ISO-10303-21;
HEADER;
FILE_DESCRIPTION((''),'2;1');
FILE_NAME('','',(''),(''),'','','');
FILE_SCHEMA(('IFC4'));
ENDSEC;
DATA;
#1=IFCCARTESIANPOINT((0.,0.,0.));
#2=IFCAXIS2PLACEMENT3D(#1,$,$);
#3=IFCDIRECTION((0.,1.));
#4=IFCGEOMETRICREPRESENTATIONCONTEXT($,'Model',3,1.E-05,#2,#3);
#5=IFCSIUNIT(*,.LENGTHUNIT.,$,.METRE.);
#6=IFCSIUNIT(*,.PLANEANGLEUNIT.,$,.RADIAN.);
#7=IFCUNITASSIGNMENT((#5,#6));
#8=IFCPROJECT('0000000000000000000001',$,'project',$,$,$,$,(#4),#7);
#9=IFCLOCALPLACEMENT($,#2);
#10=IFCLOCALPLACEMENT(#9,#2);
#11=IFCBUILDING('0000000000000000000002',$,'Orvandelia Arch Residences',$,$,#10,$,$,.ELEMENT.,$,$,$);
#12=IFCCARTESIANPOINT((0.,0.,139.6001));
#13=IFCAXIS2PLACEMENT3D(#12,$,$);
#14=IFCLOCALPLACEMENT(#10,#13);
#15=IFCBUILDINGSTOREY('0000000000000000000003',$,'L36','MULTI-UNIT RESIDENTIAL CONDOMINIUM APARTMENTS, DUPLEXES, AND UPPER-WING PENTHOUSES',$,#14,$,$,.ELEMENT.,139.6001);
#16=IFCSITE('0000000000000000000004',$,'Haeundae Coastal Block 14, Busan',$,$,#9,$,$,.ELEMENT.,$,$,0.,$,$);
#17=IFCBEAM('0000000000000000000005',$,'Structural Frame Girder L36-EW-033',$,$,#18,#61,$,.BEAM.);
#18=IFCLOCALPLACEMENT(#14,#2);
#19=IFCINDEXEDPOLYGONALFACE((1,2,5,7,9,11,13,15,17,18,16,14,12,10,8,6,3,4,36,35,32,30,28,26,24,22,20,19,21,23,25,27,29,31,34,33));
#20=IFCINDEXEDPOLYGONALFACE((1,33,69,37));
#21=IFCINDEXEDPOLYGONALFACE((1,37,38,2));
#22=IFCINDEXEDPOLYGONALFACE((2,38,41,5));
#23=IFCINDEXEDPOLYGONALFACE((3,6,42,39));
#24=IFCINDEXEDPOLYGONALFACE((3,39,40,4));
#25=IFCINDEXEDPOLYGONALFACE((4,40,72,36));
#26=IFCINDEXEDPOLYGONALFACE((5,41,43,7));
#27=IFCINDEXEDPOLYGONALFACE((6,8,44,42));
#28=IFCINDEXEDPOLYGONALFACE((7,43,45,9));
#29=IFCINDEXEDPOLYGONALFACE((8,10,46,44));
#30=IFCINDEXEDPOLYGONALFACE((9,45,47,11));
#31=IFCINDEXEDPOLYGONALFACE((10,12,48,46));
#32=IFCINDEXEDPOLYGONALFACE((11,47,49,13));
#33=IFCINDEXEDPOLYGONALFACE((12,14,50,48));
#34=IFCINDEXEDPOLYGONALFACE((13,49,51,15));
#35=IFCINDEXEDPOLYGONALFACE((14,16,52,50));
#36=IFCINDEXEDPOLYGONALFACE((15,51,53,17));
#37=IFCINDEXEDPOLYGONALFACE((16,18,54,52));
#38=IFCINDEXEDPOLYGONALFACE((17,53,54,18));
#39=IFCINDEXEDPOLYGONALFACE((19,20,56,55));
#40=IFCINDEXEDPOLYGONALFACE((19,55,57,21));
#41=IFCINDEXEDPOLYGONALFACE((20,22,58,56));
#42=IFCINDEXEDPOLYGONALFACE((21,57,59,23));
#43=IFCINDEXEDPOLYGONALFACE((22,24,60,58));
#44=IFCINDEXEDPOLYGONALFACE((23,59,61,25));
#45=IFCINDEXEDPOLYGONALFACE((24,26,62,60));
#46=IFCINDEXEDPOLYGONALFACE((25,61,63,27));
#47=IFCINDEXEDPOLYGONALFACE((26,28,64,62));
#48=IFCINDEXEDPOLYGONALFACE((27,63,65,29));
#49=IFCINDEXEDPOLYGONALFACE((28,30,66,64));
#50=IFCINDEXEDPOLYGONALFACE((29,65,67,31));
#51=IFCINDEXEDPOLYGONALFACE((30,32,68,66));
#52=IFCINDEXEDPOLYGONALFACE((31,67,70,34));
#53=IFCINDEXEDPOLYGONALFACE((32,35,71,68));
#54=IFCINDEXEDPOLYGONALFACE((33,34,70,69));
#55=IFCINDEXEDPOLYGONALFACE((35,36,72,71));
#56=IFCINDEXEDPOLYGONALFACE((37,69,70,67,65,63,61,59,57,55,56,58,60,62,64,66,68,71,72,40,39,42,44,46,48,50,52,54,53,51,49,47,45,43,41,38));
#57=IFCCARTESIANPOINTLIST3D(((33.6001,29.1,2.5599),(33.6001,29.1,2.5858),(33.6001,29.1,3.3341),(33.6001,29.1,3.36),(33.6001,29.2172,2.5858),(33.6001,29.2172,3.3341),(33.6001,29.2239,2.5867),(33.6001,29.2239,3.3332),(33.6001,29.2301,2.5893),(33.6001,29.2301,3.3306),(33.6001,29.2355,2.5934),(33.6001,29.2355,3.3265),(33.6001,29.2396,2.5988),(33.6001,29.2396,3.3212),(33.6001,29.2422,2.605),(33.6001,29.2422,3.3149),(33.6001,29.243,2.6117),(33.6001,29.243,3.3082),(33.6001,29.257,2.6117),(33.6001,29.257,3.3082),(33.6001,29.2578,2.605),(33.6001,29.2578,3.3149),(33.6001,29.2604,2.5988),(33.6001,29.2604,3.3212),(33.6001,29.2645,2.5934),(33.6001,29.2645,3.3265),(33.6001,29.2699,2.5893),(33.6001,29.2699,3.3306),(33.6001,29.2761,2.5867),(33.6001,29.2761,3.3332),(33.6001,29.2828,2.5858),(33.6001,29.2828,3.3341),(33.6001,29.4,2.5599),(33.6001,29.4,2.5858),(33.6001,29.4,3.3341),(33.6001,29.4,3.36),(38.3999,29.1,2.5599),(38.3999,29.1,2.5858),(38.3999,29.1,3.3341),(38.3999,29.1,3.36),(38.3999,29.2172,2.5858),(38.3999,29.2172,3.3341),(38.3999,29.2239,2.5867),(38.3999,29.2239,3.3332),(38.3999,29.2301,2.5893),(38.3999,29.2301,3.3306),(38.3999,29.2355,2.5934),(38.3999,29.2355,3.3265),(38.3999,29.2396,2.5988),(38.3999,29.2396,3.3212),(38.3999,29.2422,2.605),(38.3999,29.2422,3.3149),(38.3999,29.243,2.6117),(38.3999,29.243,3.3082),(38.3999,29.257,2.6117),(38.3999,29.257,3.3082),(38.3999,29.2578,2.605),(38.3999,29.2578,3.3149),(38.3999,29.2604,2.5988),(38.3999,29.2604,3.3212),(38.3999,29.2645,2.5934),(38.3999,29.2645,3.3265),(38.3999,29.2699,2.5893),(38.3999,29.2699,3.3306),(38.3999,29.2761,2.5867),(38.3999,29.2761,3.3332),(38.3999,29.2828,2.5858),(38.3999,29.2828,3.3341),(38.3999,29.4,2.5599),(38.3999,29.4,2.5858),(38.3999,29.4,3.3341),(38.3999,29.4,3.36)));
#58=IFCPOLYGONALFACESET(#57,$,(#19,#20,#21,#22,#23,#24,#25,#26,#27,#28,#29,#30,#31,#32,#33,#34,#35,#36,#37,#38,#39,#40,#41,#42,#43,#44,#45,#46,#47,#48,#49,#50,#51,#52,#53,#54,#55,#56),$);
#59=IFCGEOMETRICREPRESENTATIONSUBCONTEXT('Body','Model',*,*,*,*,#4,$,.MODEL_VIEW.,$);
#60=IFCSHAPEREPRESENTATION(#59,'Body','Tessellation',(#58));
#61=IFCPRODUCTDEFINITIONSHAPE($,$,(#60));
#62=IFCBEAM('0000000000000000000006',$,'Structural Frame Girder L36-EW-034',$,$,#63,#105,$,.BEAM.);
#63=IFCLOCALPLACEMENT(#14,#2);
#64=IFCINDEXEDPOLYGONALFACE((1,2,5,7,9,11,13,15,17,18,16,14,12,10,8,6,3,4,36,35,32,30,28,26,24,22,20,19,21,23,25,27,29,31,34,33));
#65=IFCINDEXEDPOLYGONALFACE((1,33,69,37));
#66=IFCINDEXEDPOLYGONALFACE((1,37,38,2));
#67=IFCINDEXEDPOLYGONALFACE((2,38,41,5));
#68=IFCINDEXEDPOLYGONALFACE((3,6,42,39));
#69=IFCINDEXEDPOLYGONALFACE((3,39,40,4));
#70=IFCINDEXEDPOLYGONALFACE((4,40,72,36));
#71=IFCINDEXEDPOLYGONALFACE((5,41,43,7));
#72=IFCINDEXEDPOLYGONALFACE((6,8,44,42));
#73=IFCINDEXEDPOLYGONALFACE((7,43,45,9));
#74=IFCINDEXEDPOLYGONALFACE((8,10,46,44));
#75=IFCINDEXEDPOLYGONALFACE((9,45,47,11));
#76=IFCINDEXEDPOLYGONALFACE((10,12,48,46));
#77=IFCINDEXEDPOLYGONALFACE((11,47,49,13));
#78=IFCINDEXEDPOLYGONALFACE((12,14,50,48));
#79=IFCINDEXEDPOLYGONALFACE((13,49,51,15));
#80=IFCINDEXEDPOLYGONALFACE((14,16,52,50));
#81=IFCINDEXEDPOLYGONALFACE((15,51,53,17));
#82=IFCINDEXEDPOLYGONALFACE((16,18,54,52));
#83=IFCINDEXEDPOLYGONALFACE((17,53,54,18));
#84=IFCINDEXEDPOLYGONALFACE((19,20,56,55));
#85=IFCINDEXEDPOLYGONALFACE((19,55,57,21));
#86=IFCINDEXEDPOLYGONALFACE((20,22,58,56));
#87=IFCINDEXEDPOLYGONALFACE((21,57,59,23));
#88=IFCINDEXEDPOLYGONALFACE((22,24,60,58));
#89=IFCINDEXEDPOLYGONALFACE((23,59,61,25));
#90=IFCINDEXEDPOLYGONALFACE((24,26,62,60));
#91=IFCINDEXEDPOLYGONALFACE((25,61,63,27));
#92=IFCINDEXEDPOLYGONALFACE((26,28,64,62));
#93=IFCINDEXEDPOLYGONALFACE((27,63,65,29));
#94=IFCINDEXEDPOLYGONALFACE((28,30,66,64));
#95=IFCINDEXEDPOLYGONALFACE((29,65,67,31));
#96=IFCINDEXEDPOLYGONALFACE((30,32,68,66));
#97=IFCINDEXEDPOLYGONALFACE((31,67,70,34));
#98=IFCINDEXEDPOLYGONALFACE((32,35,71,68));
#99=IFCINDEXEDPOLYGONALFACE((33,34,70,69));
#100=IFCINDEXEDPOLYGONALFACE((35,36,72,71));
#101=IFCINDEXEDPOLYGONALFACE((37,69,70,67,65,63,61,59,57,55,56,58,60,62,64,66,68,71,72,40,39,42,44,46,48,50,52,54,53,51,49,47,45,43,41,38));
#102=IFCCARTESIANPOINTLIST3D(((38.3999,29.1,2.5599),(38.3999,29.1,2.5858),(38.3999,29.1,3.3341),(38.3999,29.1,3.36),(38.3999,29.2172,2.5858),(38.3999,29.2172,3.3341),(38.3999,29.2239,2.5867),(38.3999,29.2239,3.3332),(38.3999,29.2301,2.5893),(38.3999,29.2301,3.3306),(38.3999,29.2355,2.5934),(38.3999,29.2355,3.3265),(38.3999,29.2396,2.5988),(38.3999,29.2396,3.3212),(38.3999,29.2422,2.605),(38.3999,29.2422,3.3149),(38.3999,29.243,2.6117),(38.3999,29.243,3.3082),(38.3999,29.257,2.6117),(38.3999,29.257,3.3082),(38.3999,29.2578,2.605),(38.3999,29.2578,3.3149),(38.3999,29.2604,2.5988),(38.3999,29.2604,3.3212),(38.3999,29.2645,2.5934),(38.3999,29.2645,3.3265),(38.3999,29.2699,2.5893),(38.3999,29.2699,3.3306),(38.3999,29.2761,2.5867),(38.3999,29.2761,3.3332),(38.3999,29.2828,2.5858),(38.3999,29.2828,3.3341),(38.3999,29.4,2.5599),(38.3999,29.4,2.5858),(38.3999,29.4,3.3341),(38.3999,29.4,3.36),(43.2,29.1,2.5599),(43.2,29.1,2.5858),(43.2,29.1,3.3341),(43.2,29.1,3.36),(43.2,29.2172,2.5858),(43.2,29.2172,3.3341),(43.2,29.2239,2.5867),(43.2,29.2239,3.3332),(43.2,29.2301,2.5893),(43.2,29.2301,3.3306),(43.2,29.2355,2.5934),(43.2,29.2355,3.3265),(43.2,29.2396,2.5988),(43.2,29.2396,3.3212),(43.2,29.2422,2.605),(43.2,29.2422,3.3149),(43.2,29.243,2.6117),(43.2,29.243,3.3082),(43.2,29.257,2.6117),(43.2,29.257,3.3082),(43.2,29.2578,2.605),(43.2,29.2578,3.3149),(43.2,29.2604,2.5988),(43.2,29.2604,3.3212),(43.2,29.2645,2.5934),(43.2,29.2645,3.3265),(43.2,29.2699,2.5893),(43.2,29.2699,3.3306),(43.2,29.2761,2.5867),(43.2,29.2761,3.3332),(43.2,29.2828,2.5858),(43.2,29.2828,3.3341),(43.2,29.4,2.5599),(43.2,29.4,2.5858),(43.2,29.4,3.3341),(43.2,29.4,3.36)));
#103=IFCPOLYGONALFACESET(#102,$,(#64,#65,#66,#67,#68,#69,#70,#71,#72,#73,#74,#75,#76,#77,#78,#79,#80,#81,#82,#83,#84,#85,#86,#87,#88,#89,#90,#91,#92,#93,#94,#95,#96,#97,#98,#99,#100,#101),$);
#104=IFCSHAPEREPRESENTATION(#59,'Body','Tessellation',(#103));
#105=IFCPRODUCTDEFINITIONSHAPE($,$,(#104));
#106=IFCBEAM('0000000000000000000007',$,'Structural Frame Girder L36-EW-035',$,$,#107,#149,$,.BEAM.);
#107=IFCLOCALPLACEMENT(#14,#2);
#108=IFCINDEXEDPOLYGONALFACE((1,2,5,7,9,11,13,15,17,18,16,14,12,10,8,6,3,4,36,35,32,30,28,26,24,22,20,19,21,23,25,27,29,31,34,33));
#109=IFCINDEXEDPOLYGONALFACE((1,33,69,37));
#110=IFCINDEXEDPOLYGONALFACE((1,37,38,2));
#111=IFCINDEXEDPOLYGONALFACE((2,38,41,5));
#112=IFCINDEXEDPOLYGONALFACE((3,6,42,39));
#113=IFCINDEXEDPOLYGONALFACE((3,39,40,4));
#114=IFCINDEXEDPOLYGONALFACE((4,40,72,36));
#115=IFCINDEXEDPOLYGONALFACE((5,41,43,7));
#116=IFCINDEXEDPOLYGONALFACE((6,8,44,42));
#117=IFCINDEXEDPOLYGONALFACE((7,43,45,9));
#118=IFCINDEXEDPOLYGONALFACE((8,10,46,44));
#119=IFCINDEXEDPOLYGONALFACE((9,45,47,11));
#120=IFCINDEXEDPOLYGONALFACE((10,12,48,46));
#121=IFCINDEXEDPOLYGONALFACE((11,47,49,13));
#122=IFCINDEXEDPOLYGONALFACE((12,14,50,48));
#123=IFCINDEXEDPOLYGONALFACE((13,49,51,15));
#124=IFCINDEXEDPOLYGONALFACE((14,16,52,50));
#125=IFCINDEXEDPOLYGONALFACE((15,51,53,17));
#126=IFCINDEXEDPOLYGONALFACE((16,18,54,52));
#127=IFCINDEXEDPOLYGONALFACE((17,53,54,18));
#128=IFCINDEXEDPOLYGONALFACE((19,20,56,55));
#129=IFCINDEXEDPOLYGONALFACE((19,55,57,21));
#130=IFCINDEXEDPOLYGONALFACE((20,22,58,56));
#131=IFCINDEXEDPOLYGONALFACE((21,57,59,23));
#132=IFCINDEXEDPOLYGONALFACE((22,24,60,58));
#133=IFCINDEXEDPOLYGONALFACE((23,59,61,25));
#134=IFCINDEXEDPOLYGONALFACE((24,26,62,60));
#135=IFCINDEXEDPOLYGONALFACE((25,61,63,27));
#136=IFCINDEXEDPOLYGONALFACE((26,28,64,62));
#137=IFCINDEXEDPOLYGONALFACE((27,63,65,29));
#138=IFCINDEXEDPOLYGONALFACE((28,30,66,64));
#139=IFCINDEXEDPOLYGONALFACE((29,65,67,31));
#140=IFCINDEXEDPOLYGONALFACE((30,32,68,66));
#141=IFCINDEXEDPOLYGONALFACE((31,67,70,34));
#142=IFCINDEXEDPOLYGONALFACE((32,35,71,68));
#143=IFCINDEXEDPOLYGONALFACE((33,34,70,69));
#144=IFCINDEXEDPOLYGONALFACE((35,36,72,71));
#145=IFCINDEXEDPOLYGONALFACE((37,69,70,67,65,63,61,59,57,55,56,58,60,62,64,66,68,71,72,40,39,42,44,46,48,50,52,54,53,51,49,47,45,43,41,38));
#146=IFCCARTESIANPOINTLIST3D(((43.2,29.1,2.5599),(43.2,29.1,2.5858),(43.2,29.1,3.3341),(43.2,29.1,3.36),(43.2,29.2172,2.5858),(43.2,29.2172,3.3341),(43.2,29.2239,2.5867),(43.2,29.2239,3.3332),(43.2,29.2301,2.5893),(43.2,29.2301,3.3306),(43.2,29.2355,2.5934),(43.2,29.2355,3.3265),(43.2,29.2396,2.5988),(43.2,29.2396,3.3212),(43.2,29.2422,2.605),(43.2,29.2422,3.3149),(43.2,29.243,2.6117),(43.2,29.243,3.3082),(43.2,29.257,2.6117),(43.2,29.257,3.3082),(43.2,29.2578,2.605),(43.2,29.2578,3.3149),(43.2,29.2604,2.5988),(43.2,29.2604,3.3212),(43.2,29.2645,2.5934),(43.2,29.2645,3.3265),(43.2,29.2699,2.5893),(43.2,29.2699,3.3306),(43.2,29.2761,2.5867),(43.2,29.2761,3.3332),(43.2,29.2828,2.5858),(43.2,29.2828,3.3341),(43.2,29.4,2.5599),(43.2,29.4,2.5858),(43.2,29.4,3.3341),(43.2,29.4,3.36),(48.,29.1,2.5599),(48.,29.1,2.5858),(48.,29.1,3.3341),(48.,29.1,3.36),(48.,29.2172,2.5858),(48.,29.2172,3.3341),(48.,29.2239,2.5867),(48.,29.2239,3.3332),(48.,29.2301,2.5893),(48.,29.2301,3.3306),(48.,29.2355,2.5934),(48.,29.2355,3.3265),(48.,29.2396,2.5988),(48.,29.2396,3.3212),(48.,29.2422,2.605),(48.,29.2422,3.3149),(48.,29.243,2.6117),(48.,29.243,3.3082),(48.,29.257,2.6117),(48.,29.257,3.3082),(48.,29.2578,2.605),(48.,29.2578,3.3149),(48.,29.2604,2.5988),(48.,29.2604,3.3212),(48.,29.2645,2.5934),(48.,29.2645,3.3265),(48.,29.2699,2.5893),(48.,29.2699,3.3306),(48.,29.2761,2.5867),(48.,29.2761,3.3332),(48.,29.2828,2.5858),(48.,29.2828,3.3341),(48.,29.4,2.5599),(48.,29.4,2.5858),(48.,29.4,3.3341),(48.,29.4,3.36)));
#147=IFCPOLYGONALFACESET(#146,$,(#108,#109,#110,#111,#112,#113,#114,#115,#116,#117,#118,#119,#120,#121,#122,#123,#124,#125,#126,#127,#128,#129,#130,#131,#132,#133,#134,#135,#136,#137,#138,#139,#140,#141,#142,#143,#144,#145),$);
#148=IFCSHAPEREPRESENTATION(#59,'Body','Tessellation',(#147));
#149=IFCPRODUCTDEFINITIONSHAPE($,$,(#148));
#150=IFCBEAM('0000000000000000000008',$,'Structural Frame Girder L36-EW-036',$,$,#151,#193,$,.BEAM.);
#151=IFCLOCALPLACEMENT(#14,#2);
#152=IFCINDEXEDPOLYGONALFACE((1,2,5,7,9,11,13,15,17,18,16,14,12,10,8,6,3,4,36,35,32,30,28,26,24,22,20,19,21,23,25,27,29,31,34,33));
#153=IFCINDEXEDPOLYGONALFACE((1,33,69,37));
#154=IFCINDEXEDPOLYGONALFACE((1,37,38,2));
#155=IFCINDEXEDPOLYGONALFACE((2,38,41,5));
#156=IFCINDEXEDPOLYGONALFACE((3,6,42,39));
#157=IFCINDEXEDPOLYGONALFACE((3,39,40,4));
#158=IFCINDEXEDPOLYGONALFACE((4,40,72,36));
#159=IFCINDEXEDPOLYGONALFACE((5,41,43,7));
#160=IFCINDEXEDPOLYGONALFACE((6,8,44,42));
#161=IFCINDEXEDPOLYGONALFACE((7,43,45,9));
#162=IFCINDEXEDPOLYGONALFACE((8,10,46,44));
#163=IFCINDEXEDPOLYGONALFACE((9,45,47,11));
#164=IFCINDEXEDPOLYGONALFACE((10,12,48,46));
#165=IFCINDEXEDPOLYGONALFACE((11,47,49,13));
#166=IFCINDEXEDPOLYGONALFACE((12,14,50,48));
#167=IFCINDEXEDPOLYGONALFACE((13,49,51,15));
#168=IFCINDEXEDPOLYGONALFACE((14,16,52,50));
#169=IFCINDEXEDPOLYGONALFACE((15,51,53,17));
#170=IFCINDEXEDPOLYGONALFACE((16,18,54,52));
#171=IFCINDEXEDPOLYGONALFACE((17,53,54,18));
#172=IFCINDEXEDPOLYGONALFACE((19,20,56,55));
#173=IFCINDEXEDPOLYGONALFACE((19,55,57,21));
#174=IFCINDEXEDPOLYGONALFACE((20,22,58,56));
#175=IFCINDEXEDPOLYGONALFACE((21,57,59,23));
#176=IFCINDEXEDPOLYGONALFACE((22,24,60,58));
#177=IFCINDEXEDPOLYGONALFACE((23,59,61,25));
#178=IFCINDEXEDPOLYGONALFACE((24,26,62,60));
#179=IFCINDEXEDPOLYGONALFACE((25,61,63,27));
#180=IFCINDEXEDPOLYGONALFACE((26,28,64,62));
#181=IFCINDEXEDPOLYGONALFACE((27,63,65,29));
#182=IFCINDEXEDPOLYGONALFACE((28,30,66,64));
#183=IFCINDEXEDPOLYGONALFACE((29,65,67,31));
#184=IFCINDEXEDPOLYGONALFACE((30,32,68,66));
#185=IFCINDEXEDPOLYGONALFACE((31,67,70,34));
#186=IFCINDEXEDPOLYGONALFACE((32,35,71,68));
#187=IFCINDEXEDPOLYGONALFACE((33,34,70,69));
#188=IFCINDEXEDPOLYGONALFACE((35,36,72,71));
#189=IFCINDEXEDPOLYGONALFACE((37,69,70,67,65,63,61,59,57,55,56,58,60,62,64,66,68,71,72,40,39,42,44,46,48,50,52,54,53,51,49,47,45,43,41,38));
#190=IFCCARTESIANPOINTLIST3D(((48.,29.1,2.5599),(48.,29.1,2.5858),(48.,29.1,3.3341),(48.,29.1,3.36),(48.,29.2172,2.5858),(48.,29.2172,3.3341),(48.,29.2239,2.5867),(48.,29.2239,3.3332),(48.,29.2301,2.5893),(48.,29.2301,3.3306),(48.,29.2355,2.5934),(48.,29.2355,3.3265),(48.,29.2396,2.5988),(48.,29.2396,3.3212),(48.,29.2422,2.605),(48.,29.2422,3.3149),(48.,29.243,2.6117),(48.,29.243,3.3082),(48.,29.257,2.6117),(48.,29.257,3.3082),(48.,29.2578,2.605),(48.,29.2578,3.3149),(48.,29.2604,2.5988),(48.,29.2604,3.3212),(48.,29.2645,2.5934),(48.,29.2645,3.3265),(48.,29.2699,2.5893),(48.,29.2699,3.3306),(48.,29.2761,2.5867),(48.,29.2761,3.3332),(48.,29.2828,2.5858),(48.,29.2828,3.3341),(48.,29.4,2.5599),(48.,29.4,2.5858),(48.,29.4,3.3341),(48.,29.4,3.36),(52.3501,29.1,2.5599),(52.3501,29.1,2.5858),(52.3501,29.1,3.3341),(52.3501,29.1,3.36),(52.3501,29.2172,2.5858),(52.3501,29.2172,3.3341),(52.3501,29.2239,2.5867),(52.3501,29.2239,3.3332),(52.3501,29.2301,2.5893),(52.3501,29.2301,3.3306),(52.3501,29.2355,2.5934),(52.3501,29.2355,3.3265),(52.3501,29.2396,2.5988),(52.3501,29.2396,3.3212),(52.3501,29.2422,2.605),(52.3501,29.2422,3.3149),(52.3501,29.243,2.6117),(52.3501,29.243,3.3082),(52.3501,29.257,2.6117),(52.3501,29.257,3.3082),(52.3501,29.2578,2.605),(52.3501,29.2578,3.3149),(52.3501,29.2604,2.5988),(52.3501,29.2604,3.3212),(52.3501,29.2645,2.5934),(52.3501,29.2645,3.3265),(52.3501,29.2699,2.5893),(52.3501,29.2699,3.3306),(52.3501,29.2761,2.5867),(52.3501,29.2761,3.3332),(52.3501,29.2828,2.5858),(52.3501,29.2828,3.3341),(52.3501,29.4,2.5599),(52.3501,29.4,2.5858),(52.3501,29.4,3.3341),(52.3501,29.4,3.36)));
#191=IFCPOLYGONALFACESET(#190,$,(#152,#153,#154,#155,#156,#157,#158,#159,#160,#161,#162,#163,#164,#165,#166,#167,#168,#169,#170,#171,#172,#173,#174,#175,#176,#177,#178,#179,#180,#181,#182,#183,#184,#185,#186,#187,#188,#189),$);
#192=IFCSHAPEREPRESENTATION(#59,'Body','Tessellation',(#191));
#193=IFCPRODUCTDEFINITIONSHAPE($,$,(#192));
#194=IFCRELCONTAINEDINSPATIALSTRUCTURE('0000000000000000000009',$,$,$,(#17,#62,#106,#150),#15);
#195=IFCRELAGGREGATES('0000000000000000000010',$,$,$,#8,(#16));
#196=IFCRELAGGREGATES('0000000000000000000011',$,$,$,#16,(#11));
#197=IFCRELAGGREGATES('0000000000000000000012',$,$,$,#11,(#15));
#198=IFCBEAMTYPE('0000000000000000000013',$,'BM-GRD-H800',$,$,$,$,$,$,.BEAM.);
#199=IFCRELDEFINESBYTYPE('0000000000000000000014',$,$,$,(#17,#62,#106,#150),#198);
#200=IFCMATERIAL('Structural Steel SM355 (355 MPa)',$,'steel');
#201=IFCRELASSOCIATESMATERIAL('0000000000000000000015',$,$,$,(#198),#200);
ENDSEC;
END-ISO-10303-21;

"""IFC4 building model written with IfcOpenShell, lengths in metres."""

from ifc_helpers import new_model, si_unit, direction, frame, origin, origin_2d, place, context, subcontext, project, spatial, i_section, extrude, material, material_profile, profile_set, type_object, element, save


model = new_model("IFC4")

# Units and contexts
model_context = context("Model", 3, precision=1e-05, world=origin(), true_north=direction((0.0, 1.0)))
body_context = subcontext(model_context, "Body", "Model", "MODEL_VIEW")
ifc_project = project(units=[si_unit("LENGTHUNIT", "METRE"), si_unit("PLANEANGLEUNIT", "RADIAN")], contexts=[model_context])

# Site, building, storey
site_placement = place(None, origin())
site = spatial("IfcSite", under=ifc_project, at=site_placement, Name="Haeundae Coastal Block 14, Busan", CompositionType="ELEMENT", RefElevation=0.0)
building_placement = place(site_placement, origin())
building = spatial("IfcBuilding", under=site, at=building_placement, Name="Orvandelia Arch Residences", CompositionType="ELEMENT")
storey_placement = place(building_placement, frame((0.0, 0.0, 139.6001)))
storey = spatial("IfcBuildingStorey", under=building, at=storey_placement, Name="L36", Description="MULTI-UNIT RESIDENTIAL CONDOMINIUM APARTMENTS, DUPLEXES, AND UPPER-WING PENTHOUSES", CompositionType="ELEMENT", Elevation=139.6001)

# Beams
ifc_material_1 = material(Name="Structural Steel SM355 (355 MPa)", Category="steel")
ifc_material_profile_1 = material_profile(ifc_material_1, i_section(OverallWidth=0.3, OverallDepth=0.8, WebThickness=0.0139, FlangeThickness=0.0259, FilletRadius=0.0259, at=origin_2d()), Name="Structural Steel SM355 (355 MPa)", Category="steel")
ifc_profile_set_1 = profile_set([ifc_material_profile_1], Name="Structural Steel SM355 (355 MPa)")
beam_type = type_object("IfcBeamType", Name="BM-GRD-H800", PredefinedType="BEAM", material=ifc_profile_set_1)
beam_1_placement = place(storey_placement, frame((33.6001, 29.25, 2.96), z_axis=(1.0, 0.0, 0.0), x_axis=(0.0, 1.0, 0.0)))
element("IfcBeam", 1, at=beam_1_placement, inside=storey, type_object=beam_type, Name="Structural Frame Girder L36-EW-033", PredefinedType="BEAM", context=body_context, shape_type="SweptSolid", body=[
    extrude(i_section(OverallWidth=0.3, OverallDepth=0.8, WebThickness=0.0139, FlangeThickness=0.0259, FilletRadius=0.0259, at=origin_2d()), origin(), (0.0, 0.0, 1.0), 4.7998),
])
for number, where, z_axis, x_axis, name in (
    (2, (38.3999, 29.25, 2.96), (1.0, 0.0, 0.0), (0.0, 1.0, 0.0), "Structural Frame Girder L36-EW-034"),
    (3, (43.2, 29.25, 2.96), (1.0, 0.0, 0.0), (0.0, 1.0, 0.0), "Structural Frame Girder L36-EW-035"),
):
    element("IfcBeam", number, at=place(storey_placement, frame(where, z_axis=z_axis, x_axis=x_axis)), inside=storey, type_object=beam_type, Name=name, PredefinedType="BEAM", context=body_context, shape_type="SweptSolid", body=[
        extrude(i_section(OverallWidth=0.3, OverallDepth=0.8, WebThickness=0.0139, FlangeThickness=0.0259, FilletRadius=0.0259, at=origin_2d()), origin(), (0.0, 0.0, 1.0), 4.8),
    ])
beam_2_placement = place(storey_placement, frame((48.0, 29.25, 2.96), z_axis=(1.0, 0.0, 0.0), x_axis=(0.0, 1.0, 0.0)))
element("IfcBeam", 4, at=beam_2_placement, inside=storey, type_object=beam_type, Name="Structural Frame Girder L36-EW-036", PredefinedType="BEAM", context=body_context, shape_type="SweptSolid", body=[
    extrude(i_section(OverallWidth=0.3, OverallDepth=0.8, WebThickness=0.0139, FlangeThickness=0.0259, FilletRadius=0.0259, at=origin_2d()), origin(), (0.0, 0.0, 1.0), 4.3501),
])

save(model, "model.ifc")
